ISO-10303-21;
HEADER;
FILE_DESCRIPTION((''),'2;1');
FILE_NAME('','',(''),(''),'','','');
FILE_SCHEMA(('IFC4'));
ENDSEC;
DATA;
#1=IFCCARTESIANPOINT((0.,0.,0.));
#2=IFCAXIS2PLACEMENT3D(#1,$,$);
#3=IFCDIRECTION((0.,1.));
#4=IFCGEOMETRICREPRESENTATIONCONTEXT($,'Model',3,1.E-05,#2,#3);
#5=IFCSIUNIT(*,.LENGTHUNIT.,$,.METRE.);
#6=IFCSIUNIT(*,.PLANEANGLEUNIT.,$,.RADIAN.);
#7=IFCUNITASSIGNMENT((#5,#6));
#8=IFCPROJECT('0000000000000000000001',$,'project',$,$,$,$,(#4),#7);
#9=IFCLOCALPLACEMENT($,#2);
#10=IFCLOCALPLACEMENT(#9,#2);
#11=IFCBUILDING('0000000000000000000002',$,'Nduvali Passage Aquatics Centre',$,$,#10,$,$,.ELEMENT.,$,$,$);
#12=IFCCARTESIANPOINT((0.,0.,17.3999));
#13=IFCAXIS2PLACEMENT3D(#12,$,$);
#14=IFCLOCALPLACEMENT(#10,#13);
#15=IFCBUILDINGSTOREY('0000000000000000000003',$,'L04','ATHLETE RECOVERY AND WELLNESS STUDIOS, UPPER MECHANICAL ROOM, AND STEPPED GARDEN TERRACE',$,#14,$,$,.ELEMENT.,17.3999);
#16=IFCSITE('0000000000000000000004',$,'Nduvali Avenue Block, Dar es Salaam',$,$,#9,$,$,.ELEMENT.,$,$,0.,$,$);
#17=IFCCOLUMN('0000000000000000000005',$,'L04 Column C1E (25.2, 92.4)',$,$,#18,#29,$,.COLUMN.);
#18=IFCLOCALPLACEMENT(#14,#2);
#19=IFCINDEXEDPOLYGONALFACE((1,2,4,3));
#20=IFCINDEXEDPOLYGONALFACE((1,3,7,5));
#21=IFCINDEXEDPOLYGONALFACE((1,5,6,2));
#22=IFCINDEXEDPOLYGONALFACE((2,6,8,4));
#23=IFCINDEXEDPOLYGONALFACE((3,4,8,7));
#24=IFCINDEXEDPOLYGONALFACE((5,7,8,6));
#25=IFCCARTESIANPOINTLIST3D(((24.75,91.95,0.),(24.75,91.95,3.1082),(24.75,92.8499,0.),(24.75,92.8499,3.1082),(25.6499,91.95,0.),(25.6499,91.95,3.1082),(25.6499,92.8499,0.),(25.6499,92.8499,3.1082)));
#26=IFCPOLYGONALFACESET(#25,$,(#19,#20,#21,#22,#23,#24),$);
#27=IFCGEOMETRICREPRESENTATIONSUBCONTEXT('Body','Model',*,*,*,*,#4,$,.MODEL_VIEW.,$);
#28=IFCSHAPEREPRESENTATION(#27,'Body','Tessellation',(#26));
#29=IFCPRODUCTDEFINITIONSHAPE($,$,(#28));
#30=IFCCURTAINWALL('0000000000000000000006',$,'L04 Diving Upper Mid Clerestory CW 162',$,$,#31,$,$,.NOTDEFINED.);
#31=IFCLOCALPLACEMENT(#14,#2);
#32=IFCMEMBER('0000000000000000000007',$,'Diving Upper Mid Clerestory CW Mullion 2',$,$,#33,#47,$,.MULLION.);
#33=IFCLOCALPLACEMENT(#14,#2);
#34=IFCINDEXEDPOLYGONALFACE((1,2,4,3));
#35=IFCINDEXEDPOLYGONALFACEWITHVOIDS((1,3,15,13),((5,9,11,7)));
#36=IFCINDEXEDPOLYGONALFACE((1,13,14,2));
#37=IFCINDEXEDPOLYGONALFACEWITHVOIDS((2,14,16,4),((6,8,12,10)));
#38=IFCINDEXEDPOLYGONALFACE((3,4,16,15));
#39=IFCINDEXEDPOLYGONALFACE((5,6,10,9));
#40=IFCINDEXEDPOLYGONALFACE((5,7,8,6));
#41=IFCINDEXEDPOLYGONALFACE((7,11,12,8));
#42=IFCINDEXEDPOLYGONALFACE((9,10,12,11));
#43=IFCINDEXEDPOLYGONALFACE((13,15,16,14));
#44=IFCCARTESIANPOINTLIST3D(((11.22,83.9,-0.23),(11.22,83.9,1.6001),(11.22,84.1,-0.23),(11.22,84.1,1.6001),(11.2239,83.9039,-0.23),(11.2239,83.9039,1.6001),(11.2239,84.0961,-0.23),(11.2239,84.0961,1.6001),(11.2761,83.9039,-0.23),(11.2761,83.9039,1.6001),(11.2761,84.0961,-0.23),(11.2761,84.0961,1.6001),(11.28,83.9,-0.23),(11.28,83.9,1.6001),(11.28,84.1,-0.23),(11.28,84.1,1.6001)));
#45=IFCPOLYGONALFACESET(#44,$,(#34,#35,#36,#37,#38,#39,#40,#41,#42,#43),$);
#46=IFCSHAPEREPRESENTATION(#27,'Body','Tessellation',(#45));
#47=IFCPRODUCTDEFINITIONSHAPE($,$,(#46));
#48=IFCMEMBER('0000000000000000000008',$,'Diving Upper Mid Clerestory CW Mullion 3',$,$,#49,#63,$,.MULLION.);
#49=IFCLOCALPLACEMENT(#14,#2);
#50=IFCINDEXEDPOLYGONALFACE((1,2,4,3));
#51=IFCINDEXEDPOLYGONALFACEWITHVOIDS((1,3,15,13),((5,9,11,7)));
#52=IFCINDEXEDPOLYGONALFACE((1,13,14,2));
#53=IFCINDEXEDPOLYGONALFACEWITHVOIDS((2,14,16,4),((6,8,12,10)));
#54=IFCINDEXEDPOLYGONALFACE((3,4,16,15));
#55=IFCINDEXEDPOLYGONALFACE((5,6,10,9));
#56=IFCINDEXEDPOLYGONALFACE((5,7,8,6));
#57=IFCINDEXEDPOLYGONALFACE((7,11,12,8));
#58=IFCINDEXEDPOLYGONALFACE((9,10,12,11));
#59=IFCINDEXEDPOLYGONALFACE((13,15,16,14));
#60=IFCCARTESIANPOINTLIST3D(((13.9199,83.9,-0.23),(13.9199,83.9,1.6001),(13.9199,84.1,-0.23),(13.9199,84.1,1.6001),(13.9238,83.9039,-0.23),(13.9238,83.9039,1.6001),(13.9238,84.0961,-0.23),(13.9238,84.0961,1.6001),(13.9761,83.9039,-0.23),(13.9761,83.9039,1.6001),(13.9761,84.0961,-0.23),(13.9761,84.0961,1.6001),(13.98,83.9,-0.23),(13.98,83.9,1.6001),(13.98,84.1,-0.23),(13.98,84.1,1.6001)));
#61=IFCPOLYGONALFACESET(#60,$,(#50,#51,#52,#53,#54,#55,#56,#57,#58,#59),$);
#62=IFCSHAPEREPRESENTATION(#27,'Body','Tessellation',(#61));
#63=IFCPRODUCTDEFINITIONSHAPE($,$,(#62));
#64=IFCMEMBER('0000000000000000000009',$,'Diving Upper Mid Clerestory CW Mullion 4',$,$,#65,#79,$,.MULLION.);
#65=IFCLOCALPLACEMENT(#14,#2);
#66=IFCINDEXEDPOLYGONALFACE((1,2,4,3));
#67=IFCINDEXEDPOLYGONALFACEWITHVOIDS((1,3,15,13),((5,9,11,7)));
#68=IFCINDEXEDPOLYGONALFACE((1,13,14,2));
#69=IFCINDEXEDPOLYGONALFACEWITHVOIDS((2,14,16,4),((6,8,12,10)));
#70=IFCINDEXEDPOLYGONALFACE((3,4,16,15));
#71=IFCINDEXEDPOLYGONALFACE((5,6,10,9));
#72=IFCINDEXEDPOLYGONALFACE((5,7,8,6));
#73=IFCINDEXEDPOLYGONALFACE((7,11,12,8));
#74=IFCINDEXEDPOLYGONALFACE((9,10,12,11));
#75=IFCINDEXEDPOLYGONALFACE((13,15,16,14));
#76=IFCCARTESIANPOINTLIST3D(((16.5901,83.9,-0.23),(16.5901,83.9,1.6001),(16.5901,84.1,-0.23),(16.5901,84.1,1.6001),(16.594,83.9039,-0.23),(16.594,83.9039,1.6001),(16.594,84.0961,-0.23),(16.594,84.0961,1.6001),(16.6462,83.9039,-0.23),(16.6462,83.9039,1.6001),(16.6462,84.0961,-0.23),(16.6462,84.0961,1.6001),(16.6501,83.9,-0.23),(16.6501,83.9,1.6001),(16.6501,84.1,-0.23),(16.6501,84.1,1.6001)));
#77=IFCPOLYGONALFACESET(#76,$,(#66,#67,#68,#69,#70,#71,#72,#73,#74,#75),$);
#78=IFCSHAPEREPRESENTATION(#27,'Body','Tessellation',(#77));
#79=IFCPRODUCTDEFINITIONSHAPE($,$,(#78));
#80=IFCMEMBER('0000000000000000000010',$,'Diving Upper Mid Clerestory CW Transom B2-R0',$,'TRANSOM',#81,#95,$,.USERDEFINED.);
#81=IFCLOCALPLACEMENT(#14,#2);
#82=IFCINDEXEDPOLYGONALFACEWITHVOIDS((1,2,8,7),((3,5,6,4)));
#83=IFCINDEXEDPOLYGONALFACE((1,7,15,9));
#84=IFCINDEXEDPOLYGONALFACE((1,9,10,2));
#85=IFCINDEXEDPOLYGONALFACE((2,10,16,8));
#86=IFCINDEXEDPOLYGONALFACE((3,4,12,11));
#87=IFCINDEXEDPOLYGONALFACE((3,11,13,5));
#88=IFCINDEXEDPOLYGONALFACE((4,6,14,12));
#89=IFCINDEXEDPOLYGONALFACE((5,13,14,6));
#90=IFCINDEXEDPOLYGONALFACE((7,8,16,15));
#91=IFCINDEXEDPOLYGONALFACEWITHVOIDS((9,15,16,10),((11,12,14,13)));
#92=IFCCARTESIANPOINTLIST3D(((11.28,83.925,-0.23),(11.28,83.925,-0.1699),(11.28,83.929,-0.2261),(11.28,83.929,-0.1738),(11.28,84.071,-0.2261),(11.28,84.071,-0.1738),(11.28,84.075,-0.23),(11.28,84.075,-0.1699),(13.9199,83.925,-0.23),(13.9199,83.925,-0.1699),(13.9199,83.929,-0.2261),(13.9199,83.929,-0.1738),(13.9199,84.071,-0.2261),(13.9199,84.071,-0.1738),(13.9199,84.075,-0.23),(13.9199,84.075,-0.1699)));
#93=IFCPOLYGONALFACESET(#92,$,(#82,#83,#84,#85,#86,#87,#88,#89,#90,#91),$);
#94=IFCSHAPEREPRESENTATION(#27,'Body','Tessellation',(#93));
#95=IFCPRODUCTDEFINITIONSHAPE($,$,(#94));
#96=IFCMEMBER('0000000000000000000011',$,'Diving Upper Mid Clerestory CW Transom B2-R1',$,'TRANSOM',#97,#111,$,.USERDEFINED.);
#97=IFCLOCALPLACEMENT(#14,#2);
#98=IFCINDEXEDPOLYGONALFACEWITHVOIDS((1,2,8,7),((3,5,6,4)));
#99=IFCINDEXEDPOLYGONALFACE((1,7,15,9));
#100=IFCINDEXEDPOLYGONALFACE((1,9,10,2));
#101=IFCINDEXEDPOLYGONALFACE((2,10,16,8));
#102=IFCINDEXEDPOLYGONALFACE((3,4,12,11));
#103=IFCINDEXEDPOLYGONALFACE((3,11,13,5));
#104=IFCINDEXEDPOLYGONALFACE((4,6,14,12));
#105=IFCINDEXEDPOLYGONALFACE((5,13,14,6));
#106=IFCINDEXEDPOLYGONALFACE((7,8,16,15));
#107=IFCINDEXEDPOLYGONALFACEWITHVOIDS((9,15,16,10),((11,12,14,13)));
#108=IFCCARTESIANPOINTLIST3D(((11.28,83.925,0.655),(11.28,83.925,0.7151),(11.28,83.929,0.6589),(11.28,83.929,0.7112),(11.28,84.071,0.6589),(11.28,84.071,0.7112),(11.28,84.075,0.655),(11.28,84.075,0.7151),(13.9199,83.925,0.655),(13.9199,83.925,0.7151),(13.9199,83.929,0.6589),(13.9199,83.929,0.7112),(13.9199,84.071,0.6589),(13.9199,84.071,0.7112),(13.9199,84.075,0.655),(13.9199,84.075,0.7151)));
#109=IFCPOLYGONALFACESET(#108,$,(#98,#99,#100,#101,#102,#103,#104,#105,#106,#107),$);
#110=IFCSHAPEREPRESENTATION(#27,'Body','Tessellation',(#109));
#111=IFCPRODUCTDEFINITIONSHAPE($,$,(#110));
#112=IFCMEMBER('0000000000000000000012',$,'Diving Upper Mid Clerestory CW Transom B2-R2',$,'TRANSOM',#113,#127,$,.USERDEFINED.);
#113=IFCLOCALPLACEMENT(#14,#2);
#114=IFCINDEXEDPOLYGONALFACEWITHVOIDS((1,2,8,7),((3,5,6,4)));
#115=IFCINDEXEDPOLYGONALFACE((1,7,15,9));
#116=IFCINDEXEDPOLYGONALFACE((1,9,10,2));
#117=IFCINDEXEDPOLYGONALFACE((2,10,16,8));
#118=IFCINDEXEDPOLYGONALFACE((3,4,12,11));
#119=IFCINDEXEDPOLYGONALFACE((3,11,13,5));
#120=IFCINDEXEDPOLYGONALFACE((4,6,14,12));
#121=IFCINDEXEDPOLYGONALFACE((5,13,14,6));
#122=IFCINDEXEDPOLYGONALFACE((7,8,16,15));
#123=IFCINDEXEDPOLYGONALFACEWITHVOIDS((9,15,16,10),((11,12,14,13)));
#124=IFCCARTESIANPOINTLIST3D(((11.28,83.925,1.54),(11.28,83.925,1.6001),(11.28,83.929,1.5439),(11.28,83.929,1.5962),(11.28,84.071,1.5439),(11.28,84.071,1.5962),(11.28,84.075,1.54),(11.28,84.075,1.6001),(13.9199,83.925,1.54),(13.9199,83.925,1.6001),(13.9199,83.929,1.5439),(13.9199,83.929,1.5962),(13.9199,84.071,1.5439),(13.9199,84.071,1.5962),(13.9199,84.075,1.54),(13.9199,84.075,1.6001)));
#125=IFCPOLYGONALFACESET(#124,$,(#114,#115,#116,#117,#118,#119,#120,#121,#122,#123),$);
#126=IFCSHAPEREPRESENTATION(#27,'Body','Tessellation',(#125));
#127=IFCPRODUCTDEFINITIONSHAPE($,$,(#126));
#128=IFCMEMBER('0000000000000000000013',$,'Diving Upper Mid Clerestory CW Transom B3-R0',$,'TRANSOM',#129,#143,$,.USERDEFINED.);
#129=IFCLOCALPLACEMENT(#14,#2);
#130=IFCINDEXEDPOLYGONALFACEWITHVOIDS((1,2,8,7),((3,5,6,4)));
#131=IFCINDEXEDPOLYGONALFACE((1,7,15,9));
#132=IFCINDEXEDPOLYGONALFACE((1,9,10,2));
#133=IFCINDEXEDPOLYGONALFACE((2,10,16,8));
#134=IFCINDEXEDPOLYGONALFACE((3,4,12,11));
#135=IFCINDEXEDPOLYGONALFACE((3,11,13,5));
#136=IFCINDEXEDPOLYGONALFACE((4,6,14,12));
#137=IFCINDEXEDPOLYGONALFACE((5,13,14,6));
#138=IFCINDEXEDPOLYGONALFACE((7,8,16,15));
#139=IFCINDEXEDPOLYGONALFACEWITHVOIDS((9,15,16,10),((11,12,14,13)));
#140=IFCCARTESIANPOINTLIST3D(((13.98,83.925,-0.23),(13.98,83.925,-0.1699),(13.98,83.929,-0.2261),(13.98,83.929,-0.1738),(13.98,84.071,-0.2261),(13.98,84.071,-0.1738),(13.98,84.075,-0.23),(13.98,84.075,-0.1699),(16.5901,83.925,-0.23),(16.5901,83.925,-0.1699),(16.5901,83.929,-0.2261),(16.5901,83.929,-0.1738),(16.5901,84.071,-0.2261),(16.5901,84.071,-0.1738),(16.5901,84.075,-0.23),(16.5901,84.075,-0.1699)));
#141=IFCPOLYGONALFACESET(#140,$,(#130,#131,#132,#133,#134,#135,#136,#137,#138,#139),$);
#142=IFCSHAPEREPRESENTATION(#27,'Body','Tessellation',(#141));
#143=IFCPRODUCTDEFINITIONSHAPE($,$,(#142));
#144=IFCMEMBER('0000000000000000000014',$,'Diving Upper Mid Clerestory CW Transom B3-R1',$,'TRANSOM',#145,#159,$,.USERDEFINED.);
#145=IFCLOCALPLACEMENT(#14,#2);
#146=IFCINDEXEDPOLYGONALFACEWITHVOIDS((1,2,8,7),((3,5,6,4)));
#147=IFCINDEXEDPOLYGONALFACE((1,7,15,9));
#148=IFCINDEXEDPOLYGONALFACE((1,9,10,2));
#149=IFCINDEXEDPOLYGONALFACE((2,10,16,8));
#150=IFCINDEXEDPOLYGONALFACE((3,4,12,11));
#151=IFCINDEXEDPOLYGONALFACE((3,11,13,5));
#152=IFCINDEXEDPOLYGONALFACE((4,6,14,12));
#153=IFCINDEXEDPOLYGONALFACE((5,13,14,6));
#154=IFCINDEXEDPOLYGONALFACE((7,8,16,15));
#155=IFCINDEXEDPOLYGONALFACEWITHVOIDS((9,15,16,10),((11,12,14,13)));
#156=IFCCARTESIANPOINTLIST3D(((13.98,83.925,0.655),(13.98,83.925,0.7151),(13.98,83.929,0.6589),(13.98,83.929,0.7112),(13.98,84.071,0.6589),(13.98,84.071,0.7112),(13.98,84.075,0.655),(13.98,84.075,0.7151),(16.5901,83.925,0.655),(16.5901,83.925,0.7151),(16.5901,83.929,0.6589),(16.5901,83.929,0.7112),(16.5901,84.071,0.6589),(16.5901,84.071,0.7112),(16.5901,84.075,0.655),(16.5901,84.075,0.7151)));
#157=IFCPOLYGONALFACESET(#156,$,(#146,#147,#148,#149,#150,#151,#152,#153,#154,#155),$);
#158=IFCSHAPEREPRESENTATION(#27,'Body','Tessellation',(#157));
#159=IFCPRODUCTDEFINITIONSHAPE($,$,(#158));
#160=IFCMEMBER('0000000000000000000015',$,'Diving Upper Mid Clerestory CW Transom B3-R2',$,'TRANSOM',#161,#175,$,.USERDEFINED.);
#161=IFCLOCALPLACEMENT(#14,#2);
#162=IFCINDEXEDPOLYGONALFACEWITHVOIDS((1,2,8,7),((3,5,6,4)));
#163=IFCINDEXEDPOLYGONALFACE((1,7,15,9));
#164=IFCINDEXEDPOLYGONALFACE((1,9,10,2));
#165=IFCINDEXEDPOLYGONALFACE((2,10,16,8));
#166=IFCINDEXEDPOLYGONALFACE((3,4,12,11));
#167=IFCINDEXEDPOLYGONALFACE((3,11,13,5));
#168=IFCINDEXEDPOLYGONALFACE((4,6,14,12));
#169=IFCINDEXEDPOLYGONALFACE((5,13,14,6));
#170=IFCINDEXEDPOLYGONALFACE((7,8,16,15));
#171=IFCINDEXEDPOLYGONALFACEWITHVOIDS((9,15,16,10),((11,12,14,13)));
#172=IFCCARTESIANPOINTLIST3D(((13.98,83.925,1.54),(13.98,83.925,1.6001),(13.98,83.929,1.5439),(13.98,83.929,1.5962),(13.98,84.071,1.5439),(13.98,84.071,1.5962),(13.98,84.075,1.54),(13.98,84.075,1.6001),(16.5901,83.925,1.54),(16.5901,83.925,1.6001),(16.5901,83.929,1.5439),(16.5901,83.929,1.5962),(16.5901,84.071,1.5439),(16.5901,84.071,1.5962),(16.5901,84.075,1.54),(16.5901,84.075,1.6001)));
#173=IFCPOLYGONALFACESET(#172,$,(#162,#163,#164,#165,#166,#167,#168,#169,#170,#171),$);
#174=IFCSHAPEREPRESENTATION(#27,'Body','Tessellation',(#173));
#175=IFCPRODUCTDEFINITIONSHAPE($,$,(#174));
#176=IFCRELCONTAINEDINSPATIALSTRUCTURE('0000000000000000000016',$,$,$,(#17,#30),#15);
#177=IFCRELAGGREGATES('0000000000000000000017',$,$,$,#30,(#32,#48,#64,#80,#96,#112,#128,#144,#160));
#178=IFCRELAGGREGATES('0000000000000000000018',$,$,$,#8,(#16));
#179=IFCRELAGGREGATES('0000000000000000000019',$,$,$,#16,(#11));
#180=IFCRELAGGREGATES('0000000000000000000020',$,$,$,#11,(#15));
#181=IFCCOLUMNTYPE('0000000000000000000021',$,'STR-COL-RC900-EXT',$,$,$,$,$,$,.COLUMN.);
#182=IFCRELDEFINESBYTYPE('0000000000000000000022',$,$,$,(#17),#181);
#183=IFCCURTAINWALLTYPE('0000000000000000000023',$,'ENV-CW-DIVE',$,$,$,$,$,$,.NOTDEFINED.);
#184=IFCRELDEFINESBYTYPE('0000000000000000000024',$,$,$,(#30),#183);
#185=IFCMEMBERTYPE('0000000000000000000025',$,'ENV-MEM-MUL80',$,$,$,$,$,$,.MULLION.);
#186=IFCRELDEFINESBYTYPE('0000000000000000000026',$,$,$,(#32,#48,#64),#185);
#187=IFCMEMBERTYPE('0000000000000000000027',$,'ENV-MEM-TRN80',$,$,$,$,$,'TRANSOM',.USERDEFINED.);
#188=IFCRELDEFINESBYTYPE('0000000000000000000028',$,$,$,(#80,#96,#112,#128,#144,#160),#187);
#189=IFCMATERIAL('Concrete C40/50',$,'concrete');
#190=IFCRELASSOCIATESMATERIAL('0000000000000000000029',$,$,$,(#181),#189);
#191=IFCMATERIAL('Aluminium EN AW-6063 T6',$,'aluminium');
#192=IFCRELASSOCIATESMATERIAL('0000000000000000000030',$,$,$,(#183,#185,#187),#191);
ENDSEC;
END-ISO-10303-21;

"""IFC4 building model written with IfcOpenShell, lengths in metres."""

from ifc_helpers import new_model, si_unit, direction, frame, origin, origin_2d, place, context, subcontext, project, spatial, rectangle, hollow_rectangle, extrude, material, material_profile, profile_set, type_object, element, aggregate, save


model = new_model("IFC4")

# Units and contexts
model_context = context("Model", 3, precision=1e-05, world=origin(), true_north=direction((0.0, 1.0)))
body_context = subcontext(model_context, "Body", "Model", "MODEL_VIEW")
ifc_project = project(units=[si_unit("LENGTHUNIT", "METRE"), si_unit("PLANEANGLEUNIT", "RADIAN")], contexts=[model_context])

# Site, building, storey
site_placement = place(None, origin())
site = spatial("IfcSite", under=ifc_project, at=site_placement, Name="Nduvali Avenue Block, Dar es Salaam", CompositionType="ELEMENT", RefElevation=0.0)
building_placement = place(site_placement, origin())
building = spatial("IfcBuilding", under=site, at=building_placement, Name="Nduvali Passage Aquatics Centre", CompositionType="ELEMENT")
storey_placement = place(building_placement, frame((0.0, 0.0, 17.3999)))
storey = spatial("IfcBuildingStorey", under=building, at=storey_placement, Name="L04", Description="ATHLETE RECOVERY AND WELLNESS STUDIOS, UPPER MECHANICAL ROOM, AND STEPPED GARDEN TERRACE", CompositionType="ELEMENT", Elevation=17.3999)

# Column
ifc_material_1 = material(Name="Concrete C40/50", Category="concrete")
ifc_material_profile_1 = material_profile(ifc_material_1, rectangle(XDim=0.8999, YDim=0.8999, at=origin_2d()), Name="RC 900x900")
ifc_profile_set_1 = profile_set([ifc_material_profile_1], Name="Concrete C40/50")
column_type_1 = type_object("IfcColumnType", Name="STR-COL-RC900-EXT", PredefinedType="COLUMN", material=ifc_profile_set_1)
column_1_placement = place(storey_placement, frame((25.2, 92.3999, 0.0), z_axis=(0.0, 0.0, 1.0), x_axis=(1.0, 0.0, 0.0)))
element("IfcColumn", 1, at=column_1_placement, inside=storey, type_object=column_type_1, Name="L04 Column C1E (25.2, 92.4)", PredefinedType="COLUMN", context=body_context, shape_type="SweptSolid", body=[
    extrude(rectangle(XDim=0.8999, YDim=0.8999, at=origin_2d()), origin(), (0.0, 0.0, 1.0), 3.1082),
])

# Curtain wall, members
ifc_material_2 = material(Name="Aluminium EN AW-6063 T6", Category="aluminium")
curtain_wall_type = type_object("IfcCurtainWallType", Name="ENV-CW-DIVE", PredefinedType="NOTDEFINED", material=ifc_material_2)
curtain_wall_placement = place(storey_placement, origin())
curtain_wall = element("IfcCurtainWall", 2, at=curtain_wall_placement, inside=storey, type_object=curtain_wall_type, Name="L04 Diving Upper Mid Clerestory CW 162", PredefinedType="NOTDEFINED")
ifc_material_profile_2 = material_profile(ifc_material_2, hollow_rectangle(XDim=0.0601, YDim=0.2, WallThickness=0.0039, at=origin_2d()), Name="ALU MULLION 60x200x4")
ifc_profile_set_2 = profile_set([ifc_material_profile_2], Name="Aluminium EN AW-6063 T6")
member_type_1 = type_object("IfcMemberType", Name="ENV-MEM-MUL80", PredefinedType="MULLION", material=ifc_profile_set_2)
member_1_placement = place(storey_placement, frame((11.25, 84.0, -0.23), z_axis=(0.0, 0.0, 1.0), x_axis=(1.0, 0.0, 0.0)))
member_1 = element("IfcMember", 3, at=member_1_placement, type_object=member_type_1, Name="Diving Upper Mid Clerestory CW Mullion 2", PredefinedType="MULLION", context=body_context, shape_type="SweptSolid", body=[
    extrude(hollow_rectangle(XDim=0.0601, YDim=0.2, WallThickness=0.0039, at=origin_2d()), origin(), (0.0, 0.0, 1.0), 1.8301),
])
member_2_placement = place(storey_placement, frame((13.95, 84.0, -0.23), z_axis=(0.0, 0.0, 1.0), x_axis=(1.0, 0.0, 0.0)))
member_2 = element("IfcMember", 4, at=member_2_placement, type_object=member_type_1, Name="Diving Upper Mid Clerestory CW Mullion 3", PredefinedType="MULLION", context=body_context, shape_type="SweptSolid", body=[
    extrude(hollow_rectangle(XDim=0.0601, YDim=0.2, WallThickness=0.0039, at=origin_2d()), origin(), (0.0, 0.0, 1.0), 1.8301),
])
member_3_placement = place(storey_placement, frame((16.6201, 84.0, -0.23), z_axis=(0.0, 0.0, 1.0), x_axis=(1.0, 0.0, 0.0)))
member_3 = element("IfcMember", 5, at=member_3_placement, type_object=member_type_1, Name="Diving Upper Mid Clerestory CW Mullion 4", PredefinedType="MULLION", context=body_context, shape_type="SweptSolid", body=[
    extrude(hollow_rectangle(XDim=0.0601, YDim=0.2, WallThickness=0.0039, at=origin_2d()), origin(), (0.0, 0.0, 1.0), 1.8301),
])
ifc_material_profile_3 = material_profile(ifc_material_2, hollow_rectangle(XDim=0.1499, YDim=0.0601, WallThickness=0.0039, at=origin_2d()), Name="ALU TRANSOM 150x60x4")
ifc_profile_set_3 = profile_set([ifc_material_profile_3], Name="Aluminium EN AW-6063 T6")
member_type_2 = type_object("IfcMemberType", Name="ENV-MEM-TRN80", ElementType="TRANSOM", PredefinedType="USERDEFINED", material=ifc_profile_set_3)
member_4_placement = place(storey_placement, frame((11.28, 84.0, -0.2), z_axis=(1.0, 0.0, 0.0), x_axis=(0.0, 1.0, 0.0)))
member_4 = element("IfcMember", 6, at=member_4_placement, type_object=member_type_2, Name="Diving Upper Mid Clerestory CW Transom B2-R0", ObjectType="TRANSOM", PredefinedType="USERDEFINED", context=body_context, shape_type="SweptSolid", body=[
    extrude(hollow_rectangle(XDim=0.1499, YDim=0.0601, WallThickness=0.0039, at=origin_2d()), origin(), (0.0, 0.0, 1.0), 2.6399),
])
member_5_placement = place(storey_placement, frame((11.28, 84.0, 0.6851), z_axis=(1.0, 0.0, 0.0), x_axis=(0.0, 1.0, 0.0)))
member_5 = element("IfcMember", 7, at=member_5_placement, type_object=member_type_2, Name="Diving Upper Mid Clerestory CW Transom B2-R1", ObjectType="TRANSOM", PredefinedType="USERDEFINED", context=body_context, shape_type="SweptSolid", body=[
    extrude(hollow_rectangle(XDim=0.1499, YDim=0.0601, WallThickness=0.0039, at=origin_2d()), origin(), (0.0, 0.0, 1.0), 2.6399),
])
member_6_placement = place(storey_placement, frame((11.28, 84.0, 1.5701), z_axis=(1.0, 0.0, 0.0), x_axis=(0.0, 1.0, 0.0)))
member_6 = element("IfcMember", 8, at=member_6_placement, type_object=member_type_2, Name="Diving Upper Mid Clerestory CW Transom B2-R2", ObjectType="TRANSOM", PredefinedType="USERDEFINED", context=body_context, shape_type="SweptSolid", body=[
    extrude(hollow_rectangle(XDim=0.1499, YDim=0.0601, WallThickness=0.0039, at=origin_2d()), origin(), (0.0, 0.0, 1.0), 2.6399),
])
member_7_placement = place(storey_placement, frame((13.98, 84.0, -0.2), z_axis=(1.0, 0.0, 0.0), x_axis=(0.0, 1.0, 0.0)))
member_7 = element("IfcMember", 9, at=member_7_placement, type_object=member_type_2, Name="Diving Upper Mid Clerestory CW Transom B3-R0", ObjectType="TRANSOM", PredefinedType="USERDEFINED", context=body_context, shape_type="SweptSolid", body=[
    extrude(hollow_rectangle(XDim=0.1499, YDim=0.0601, WallThickness=0.0039, at=origin_2d()), origin(), (0.0, 0.0, 1.0), 2.6101),
])
member_8_placement = place(storey_placement, frame((13.98, 84.0, 0.6851), z_axis=(1.0, 0.0, 0.0), x_axis=(0.0, 1.0, 0.0)))
member_8 = element("IfcMember", 10, at=member_8_placement, type_object=member_type_2, Name="Diving Upper Mid Clerestory CW Transom B3-R1", ObjectType="TRANSOM", PredefinedType="USERDEFINED", context=body_context, shape_type="SweptSolid", body=[
    extrude(hollow_rectangle(XDim=0.1499, YDim=0.0601, WallThickness=0.0039, at=origin_2d()), origin(), (0.0, 0.0, 1.0), 2.6101),
])
member_9_placement = place(storey_placement, frame((13.98, 84.0, 1.5701), z_axis=(1.0, 0.0, 0.0), x_axis=(0.0, 1.0, 0.0)))
member_9 = element("IfcMember", 11, at=member_9_placement, type_object=member_type_2, Name="Diving Upper Mid Clerestory CW Transom B3-R2", ObjectType="TRANSOM", PredefinedType="USERDEFINED", context=body_context, shape_type="SweptSolid", body=[
    extrude(hollow_rectangle(XDim=0.1499, YDim=0.0601, WallThickness=0.0039, at=origin_2d()), origin(), (0.0, 0.0, 1.0), 2.6101),
])

aggregate(curtain_wall, [member_1, member_2, member_3, member_4, member_5, member_6, member_7, member_8, member_9])

save(model, "model.ifc")
